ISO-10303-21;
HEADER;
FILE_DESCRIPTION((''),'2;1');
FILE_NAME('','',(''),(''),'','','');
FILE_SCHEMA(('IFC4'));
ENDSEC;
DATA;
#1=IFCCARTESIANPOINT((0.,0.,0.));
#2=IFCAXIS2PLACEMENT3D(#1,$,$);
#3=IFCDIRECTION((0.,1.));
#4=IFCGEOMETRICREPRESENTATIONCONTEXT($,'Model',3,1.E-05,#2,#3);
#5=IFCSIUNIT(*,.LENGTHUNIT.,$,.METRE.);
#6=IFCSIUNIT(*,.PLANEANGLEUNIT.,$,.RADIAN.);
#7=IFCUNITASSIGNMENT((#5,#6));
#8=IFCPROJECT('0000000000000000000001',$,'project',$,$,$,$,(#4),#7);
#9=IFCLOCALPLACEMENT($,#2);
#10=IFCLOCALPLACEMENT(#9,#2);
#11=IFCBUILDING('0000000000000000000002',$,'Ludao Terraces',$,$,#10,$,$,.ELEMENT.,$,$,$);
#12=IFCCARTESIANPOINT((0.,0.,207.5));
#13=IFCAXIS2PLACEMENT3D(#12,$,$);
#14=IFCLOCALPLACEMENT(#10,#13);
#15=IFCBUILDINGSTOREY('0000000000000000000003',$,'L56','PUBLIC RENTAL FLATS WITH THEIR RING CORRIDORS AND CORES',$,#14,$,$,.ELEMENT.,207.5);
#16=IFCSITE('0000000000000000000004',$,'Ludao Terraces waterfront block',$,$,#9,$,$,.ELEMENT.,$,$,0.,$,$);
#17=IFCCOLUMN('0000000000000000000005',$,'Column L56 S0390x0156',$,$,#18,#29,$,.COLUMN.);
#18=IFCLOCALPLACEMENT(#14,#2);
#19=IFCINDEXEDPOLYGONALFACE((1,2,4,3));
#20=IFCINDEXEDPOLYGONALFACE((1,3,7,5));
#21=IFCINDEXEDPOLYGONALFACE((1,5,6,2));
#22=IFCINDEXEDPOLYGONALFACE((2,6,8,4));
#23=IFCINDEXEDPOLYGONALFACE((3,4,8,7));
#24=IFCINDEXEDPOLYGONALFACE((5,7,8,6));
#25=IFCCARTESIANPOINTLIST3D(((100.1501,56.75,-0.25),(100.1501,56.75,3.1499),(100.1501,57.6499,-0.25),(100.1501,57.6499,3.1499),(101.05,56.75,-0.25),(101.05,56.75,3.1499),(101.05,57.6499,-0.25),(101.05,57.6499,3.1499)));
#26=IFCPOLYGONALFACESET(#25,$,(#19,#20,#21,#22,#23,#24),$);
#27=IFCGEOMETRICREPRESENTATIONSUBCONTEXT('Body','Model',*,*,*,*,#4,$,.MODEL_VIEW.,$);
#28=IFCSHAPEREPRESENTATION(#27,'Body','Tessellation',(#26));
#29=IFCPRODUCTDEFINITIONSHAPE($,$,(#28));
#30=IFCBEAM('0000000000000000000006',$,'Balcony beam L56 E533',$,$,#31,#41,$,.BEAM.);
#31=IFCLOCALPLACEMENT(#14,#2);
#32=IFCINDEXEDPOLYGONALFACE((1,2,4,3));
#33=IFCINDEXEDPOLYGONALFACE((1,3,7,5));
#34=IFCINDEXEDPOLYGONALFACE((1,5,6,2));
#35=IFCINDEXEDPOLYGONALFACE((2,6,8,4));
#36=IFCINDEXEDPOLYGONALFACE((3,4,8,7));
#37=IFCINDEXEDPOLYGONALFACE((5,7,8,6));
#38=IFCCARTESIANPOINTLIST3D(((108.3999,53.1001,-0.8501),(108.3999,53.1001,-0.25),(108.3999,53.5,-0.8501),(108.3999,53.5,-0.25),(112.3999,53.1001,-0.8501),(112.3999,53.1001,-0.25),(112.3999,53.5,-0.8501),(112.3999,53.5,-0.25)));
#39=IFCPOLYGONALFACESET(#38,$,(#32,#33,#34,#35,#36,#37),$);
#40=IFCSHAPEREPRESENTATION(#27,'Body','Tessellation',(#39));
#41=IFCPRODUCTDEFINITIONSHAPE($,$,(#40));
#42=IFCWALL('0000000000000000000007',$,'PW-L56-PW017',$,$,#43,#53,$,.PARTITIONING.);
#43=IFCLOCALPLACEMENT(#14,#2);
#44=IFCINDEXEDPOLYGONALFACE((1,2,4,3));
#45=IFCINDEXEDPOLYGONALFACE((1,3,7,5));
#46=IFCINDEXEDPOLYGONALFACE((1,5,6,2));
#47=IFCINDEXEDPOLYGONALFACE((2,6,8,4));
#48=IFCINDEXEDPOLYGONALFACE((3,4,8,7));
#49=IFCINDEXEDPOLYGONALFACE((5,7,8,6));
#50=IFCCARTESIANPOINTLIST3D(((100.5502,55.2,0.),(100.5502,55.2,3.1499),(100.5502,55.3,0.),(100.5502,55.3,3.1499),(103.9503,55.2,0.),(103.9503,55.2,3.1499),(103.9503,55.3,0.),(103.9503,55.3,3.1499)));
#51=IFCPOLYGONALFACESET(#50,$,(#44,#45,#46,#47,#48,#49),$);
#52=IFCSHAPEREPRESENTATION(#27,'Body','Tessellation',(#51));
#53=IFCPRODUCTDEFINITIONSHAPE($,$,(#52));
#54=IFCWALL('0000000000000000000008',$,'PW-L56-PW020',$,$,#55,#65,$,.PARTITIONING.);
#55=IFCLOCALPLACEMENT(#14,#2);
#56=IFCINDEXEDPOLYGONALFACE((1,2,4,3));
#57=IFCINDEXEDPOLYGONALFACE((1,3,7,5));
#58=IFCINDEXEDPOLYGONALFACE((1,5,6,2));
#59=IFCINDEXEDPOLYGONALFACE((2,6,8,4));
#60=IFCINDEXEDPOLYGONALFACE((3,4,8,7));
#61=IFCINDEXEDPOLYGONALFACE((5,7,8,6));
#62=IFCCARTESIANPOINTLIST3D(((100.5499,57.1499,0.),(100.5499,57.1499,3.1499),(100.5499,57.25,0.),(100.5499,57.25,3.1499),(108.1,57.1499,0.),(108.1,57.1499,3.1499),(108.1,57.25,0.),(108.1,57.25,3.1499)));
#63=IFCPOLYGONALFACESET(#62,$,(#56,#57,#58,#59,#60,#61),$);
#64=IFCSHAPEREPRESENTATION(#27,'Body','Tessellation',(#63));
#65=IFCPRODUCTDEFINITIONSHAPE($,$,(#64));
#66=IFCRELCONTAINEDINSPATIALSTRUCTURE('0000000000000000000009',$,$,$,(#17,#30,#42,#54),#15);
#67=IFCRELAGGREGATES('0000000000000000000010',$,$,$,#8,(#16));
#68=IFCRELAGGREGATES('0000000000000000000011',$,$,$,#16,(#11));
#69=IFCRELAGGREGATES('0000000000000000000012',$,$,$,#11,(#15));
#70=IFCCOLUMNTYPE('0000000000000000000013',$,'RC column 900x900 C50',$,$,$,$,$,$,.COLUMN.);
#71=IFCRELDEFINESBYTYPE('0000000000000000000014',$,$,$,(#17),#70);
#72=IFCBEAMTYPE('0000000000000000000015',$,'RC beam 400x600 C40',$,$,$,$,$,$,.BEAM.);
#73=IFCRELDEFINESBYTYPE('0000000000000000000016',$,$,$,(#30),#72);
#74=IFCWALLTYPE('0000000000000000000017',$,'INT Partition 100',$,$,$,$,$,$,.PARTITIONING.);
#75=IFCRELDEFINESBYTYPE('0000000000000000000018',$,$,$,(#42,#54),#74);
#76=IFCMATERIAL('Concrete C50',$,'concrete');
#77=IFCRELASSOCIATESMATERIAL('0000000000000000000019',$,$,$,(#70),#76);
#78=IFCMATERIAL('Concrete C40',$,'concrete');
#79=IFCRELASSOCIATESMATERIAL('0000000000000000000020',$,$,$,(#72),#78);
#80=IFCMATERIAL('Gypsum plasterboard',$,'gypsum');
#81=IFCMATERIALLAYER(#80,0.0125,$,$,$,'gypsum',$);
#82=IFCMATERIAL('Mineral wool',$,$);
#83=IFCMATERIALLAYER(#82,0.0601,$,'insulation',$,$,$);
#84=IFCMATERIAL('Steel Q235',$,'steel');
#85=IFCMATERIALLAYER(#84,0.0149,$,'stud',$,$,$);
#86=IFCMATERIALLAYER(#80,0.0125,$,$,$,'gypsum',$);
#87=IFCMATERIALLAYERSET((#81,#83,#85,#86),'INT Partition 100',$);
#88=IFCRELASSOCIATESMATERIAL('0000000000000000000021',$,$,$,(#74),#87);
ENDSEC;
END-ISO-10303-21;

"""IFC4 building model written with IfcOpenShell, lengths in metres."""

from ifc_helpers import new_model, si_unit, direction, frame, frame_2d, origin, origin_2d, place, context, subcontext, project, spatial, rectangle, extrude, material, layer, layer_set, material_profile, profile_set, type_object, element, save


model = new_model("IFC4")

# Units and contexts
model_context = context("Model", 3, precision=1e-05, world=origin(), true_north=direction((0.0, 1.0)))
body_context = subcontext(model_context, "Body", "Model", "MODEL_VIEW")
ifc_project = project(units=[si_unit("LENGTHUNIT", "METRE"), si_unit("PLANEANGLEUNIT", "RADIAN")], contexts=[model_context])

# Site, building, storey
site_placement = place(None, origin())
site = spatial("IfcSite", under=ifc_project, at=site_placement, Name="Ludao Terraces waterfront block", CompositionType="ELEMENT", RefElevation=0.0)
building_placement = place(site_placement, origin())
building = spatial("IfcBuilding", under=site, at=building_placement, Name="Ludao Terraces", CompositionType="ELEMENT")
storey_placement = place(building_placement, frame((0.0, 0.0, 207.5)))
storey = spatial("IfcBuildingStorey", under=building, at=storey_placement, Name="L56", Description="PUBLIC RENTAL FLATS WITH THEIR RING CORRIDORS AND CORES", CompositionType="ELEMENT", Elevation=207.5)

# Column
ifc_material_1 = material(Name="Concrete C50", Category="concrete")
ifc_material_profile_1 = material_profile(ifc_material_1, rectangle(XDim=0.8999, YDim=0.8999, at=origin_2d()), Name="900 X 900")
ifc_profile_set_1 = profile_set([ifc_material_profile_1], Name="Concrete C50")
column_type = type_object("IfcColumnType", Name="RC column 900x900 C50", PredefinedType="COLUMN", material=ifc_profile_set_1)
column_placement = place(storey_placement, frame((100.6001, 57.2, -0.25), z_axis=(0.0, 0.0, 1.0), x_axis=(1.0, 0.0, 0.0)))
element("IfcColumn", 1, at=column_placement, inside=storey, type_object=column_type, Name="Column L56 S0390x0156", PredefinedType="COLUMN", context=body_context, shape_type="SweptSolid", body=[
    extrude(rectangle(XDim=0.8999, YDim=0.8999, at=origin_2d()), origin(), (0.0, 0.0, 1.0), 3.3999),
])

# Beam
ifc_material_2 = material(Name="Concrete C40", Category="concrete")
ifc_material_profile_2 = material_profile(ifc_material_2, rectangle(XDim=0.3999, YDim=0.6001, at=origin_2d()), Name="400 X 600")
ifc_profile_set_2 = profile_set([ifc_material_profile_2], Name="Concrete C40")
beam_type = type_object("IfcBeamType", Name="RC beam 400x600 C40", PredefinedType="BEAM", material=ifc_profile_set_2)
beam_placement = place(storey_placement, frame((108.3999, 53.3, -0.55), z_axis=(1.0, 0.0, 0.0), x_axis=(0.0, 1.0, 0.0)))
element("IfcBeam", 2, at=beam_placement, inside=storey, type_object=beam_type, Name="Balcony beam L56 E533", PredefinedType="BEAM", context=body_context, shape_type="SweptSolid", body=[
    extrude(rectangle(XDim=0.3999, YDim=0.6001, at=origin_2d()), origin(), (0.0, 0.0, 1.0), 4.0),
])

# Shared definitions
ifc_material_3 = material(Name="Mineral wool")

# Walls
ifc_material_4 = material(Name="Gypsum plasterboard", Category="gypsum")
ifc_layer_1 = layer(ifc_material_4, 0.0125, Category="gypsum")
ifc_layer_2 = layer(ifc_material_3, 0.0601, Name="insulation")
ifc_material_5 = material(Name="Steel Q235", Category="steel")
ifc_layer_3 = layer(ifc_material_5, 0.0149, Name="stud")
ifc_layer_4 = layer(ifc_material_4, 0.0125, Category="gypsum")
ifc_layer_set_1 = layer_set([ifc_layer_1, ifc_layer_2, ifc_layer_3, ifc_layer_4], Name="INT Partition 100")
wall_type_1 = type_object("IfcWallType", Name="INT Partition 100", PredefinedType="PARTITIONING", material=ifc_layer_set_1)
wall_1_placement = place(storey_placement, frame((100.55, 55.25, 0.0), z_axis=(0.0, 0.0, 1.0), x_axis=(1.0, 0.0, 0.0)))
element("IfcWall", 3, at=wall_1_placement, inside=storey, type_object=wall_type_1, Name="PW-L56-PW017", PredefinedType="PARTITIONING", context=body_context, shape_type="SweptSolid", body=[
    extrude(rectangle(XDim=3.4001, YDim=0.1001, at=frame_2d((1.7002, 0.0))), origin(), (0.0, 0.0, 1.0), 3.1499),
])
wall_2_placement = place(storey_placement, frame((100.55, 57.2, 0.0), z_axis=(0.0, 0.0, 1.0), x_axis=(1.0, 0.0, 0.0)))
element("IfcWall", 4, at=wall_2_placement, inside=storey, type_object=wall_type_1, Name="PW-L56-PW020", PredefinedType="PARTITIONING", context=body_context, shape_type="SweptSolid", body=[
    extrude(rectangle(XDim=7.55, YDim=0.1001, at=frame_2d((3.7749, 0.0))), origin(), (0.0, 0.0, 1.0), 3.1499),
])

save(model, "model.ifc")
